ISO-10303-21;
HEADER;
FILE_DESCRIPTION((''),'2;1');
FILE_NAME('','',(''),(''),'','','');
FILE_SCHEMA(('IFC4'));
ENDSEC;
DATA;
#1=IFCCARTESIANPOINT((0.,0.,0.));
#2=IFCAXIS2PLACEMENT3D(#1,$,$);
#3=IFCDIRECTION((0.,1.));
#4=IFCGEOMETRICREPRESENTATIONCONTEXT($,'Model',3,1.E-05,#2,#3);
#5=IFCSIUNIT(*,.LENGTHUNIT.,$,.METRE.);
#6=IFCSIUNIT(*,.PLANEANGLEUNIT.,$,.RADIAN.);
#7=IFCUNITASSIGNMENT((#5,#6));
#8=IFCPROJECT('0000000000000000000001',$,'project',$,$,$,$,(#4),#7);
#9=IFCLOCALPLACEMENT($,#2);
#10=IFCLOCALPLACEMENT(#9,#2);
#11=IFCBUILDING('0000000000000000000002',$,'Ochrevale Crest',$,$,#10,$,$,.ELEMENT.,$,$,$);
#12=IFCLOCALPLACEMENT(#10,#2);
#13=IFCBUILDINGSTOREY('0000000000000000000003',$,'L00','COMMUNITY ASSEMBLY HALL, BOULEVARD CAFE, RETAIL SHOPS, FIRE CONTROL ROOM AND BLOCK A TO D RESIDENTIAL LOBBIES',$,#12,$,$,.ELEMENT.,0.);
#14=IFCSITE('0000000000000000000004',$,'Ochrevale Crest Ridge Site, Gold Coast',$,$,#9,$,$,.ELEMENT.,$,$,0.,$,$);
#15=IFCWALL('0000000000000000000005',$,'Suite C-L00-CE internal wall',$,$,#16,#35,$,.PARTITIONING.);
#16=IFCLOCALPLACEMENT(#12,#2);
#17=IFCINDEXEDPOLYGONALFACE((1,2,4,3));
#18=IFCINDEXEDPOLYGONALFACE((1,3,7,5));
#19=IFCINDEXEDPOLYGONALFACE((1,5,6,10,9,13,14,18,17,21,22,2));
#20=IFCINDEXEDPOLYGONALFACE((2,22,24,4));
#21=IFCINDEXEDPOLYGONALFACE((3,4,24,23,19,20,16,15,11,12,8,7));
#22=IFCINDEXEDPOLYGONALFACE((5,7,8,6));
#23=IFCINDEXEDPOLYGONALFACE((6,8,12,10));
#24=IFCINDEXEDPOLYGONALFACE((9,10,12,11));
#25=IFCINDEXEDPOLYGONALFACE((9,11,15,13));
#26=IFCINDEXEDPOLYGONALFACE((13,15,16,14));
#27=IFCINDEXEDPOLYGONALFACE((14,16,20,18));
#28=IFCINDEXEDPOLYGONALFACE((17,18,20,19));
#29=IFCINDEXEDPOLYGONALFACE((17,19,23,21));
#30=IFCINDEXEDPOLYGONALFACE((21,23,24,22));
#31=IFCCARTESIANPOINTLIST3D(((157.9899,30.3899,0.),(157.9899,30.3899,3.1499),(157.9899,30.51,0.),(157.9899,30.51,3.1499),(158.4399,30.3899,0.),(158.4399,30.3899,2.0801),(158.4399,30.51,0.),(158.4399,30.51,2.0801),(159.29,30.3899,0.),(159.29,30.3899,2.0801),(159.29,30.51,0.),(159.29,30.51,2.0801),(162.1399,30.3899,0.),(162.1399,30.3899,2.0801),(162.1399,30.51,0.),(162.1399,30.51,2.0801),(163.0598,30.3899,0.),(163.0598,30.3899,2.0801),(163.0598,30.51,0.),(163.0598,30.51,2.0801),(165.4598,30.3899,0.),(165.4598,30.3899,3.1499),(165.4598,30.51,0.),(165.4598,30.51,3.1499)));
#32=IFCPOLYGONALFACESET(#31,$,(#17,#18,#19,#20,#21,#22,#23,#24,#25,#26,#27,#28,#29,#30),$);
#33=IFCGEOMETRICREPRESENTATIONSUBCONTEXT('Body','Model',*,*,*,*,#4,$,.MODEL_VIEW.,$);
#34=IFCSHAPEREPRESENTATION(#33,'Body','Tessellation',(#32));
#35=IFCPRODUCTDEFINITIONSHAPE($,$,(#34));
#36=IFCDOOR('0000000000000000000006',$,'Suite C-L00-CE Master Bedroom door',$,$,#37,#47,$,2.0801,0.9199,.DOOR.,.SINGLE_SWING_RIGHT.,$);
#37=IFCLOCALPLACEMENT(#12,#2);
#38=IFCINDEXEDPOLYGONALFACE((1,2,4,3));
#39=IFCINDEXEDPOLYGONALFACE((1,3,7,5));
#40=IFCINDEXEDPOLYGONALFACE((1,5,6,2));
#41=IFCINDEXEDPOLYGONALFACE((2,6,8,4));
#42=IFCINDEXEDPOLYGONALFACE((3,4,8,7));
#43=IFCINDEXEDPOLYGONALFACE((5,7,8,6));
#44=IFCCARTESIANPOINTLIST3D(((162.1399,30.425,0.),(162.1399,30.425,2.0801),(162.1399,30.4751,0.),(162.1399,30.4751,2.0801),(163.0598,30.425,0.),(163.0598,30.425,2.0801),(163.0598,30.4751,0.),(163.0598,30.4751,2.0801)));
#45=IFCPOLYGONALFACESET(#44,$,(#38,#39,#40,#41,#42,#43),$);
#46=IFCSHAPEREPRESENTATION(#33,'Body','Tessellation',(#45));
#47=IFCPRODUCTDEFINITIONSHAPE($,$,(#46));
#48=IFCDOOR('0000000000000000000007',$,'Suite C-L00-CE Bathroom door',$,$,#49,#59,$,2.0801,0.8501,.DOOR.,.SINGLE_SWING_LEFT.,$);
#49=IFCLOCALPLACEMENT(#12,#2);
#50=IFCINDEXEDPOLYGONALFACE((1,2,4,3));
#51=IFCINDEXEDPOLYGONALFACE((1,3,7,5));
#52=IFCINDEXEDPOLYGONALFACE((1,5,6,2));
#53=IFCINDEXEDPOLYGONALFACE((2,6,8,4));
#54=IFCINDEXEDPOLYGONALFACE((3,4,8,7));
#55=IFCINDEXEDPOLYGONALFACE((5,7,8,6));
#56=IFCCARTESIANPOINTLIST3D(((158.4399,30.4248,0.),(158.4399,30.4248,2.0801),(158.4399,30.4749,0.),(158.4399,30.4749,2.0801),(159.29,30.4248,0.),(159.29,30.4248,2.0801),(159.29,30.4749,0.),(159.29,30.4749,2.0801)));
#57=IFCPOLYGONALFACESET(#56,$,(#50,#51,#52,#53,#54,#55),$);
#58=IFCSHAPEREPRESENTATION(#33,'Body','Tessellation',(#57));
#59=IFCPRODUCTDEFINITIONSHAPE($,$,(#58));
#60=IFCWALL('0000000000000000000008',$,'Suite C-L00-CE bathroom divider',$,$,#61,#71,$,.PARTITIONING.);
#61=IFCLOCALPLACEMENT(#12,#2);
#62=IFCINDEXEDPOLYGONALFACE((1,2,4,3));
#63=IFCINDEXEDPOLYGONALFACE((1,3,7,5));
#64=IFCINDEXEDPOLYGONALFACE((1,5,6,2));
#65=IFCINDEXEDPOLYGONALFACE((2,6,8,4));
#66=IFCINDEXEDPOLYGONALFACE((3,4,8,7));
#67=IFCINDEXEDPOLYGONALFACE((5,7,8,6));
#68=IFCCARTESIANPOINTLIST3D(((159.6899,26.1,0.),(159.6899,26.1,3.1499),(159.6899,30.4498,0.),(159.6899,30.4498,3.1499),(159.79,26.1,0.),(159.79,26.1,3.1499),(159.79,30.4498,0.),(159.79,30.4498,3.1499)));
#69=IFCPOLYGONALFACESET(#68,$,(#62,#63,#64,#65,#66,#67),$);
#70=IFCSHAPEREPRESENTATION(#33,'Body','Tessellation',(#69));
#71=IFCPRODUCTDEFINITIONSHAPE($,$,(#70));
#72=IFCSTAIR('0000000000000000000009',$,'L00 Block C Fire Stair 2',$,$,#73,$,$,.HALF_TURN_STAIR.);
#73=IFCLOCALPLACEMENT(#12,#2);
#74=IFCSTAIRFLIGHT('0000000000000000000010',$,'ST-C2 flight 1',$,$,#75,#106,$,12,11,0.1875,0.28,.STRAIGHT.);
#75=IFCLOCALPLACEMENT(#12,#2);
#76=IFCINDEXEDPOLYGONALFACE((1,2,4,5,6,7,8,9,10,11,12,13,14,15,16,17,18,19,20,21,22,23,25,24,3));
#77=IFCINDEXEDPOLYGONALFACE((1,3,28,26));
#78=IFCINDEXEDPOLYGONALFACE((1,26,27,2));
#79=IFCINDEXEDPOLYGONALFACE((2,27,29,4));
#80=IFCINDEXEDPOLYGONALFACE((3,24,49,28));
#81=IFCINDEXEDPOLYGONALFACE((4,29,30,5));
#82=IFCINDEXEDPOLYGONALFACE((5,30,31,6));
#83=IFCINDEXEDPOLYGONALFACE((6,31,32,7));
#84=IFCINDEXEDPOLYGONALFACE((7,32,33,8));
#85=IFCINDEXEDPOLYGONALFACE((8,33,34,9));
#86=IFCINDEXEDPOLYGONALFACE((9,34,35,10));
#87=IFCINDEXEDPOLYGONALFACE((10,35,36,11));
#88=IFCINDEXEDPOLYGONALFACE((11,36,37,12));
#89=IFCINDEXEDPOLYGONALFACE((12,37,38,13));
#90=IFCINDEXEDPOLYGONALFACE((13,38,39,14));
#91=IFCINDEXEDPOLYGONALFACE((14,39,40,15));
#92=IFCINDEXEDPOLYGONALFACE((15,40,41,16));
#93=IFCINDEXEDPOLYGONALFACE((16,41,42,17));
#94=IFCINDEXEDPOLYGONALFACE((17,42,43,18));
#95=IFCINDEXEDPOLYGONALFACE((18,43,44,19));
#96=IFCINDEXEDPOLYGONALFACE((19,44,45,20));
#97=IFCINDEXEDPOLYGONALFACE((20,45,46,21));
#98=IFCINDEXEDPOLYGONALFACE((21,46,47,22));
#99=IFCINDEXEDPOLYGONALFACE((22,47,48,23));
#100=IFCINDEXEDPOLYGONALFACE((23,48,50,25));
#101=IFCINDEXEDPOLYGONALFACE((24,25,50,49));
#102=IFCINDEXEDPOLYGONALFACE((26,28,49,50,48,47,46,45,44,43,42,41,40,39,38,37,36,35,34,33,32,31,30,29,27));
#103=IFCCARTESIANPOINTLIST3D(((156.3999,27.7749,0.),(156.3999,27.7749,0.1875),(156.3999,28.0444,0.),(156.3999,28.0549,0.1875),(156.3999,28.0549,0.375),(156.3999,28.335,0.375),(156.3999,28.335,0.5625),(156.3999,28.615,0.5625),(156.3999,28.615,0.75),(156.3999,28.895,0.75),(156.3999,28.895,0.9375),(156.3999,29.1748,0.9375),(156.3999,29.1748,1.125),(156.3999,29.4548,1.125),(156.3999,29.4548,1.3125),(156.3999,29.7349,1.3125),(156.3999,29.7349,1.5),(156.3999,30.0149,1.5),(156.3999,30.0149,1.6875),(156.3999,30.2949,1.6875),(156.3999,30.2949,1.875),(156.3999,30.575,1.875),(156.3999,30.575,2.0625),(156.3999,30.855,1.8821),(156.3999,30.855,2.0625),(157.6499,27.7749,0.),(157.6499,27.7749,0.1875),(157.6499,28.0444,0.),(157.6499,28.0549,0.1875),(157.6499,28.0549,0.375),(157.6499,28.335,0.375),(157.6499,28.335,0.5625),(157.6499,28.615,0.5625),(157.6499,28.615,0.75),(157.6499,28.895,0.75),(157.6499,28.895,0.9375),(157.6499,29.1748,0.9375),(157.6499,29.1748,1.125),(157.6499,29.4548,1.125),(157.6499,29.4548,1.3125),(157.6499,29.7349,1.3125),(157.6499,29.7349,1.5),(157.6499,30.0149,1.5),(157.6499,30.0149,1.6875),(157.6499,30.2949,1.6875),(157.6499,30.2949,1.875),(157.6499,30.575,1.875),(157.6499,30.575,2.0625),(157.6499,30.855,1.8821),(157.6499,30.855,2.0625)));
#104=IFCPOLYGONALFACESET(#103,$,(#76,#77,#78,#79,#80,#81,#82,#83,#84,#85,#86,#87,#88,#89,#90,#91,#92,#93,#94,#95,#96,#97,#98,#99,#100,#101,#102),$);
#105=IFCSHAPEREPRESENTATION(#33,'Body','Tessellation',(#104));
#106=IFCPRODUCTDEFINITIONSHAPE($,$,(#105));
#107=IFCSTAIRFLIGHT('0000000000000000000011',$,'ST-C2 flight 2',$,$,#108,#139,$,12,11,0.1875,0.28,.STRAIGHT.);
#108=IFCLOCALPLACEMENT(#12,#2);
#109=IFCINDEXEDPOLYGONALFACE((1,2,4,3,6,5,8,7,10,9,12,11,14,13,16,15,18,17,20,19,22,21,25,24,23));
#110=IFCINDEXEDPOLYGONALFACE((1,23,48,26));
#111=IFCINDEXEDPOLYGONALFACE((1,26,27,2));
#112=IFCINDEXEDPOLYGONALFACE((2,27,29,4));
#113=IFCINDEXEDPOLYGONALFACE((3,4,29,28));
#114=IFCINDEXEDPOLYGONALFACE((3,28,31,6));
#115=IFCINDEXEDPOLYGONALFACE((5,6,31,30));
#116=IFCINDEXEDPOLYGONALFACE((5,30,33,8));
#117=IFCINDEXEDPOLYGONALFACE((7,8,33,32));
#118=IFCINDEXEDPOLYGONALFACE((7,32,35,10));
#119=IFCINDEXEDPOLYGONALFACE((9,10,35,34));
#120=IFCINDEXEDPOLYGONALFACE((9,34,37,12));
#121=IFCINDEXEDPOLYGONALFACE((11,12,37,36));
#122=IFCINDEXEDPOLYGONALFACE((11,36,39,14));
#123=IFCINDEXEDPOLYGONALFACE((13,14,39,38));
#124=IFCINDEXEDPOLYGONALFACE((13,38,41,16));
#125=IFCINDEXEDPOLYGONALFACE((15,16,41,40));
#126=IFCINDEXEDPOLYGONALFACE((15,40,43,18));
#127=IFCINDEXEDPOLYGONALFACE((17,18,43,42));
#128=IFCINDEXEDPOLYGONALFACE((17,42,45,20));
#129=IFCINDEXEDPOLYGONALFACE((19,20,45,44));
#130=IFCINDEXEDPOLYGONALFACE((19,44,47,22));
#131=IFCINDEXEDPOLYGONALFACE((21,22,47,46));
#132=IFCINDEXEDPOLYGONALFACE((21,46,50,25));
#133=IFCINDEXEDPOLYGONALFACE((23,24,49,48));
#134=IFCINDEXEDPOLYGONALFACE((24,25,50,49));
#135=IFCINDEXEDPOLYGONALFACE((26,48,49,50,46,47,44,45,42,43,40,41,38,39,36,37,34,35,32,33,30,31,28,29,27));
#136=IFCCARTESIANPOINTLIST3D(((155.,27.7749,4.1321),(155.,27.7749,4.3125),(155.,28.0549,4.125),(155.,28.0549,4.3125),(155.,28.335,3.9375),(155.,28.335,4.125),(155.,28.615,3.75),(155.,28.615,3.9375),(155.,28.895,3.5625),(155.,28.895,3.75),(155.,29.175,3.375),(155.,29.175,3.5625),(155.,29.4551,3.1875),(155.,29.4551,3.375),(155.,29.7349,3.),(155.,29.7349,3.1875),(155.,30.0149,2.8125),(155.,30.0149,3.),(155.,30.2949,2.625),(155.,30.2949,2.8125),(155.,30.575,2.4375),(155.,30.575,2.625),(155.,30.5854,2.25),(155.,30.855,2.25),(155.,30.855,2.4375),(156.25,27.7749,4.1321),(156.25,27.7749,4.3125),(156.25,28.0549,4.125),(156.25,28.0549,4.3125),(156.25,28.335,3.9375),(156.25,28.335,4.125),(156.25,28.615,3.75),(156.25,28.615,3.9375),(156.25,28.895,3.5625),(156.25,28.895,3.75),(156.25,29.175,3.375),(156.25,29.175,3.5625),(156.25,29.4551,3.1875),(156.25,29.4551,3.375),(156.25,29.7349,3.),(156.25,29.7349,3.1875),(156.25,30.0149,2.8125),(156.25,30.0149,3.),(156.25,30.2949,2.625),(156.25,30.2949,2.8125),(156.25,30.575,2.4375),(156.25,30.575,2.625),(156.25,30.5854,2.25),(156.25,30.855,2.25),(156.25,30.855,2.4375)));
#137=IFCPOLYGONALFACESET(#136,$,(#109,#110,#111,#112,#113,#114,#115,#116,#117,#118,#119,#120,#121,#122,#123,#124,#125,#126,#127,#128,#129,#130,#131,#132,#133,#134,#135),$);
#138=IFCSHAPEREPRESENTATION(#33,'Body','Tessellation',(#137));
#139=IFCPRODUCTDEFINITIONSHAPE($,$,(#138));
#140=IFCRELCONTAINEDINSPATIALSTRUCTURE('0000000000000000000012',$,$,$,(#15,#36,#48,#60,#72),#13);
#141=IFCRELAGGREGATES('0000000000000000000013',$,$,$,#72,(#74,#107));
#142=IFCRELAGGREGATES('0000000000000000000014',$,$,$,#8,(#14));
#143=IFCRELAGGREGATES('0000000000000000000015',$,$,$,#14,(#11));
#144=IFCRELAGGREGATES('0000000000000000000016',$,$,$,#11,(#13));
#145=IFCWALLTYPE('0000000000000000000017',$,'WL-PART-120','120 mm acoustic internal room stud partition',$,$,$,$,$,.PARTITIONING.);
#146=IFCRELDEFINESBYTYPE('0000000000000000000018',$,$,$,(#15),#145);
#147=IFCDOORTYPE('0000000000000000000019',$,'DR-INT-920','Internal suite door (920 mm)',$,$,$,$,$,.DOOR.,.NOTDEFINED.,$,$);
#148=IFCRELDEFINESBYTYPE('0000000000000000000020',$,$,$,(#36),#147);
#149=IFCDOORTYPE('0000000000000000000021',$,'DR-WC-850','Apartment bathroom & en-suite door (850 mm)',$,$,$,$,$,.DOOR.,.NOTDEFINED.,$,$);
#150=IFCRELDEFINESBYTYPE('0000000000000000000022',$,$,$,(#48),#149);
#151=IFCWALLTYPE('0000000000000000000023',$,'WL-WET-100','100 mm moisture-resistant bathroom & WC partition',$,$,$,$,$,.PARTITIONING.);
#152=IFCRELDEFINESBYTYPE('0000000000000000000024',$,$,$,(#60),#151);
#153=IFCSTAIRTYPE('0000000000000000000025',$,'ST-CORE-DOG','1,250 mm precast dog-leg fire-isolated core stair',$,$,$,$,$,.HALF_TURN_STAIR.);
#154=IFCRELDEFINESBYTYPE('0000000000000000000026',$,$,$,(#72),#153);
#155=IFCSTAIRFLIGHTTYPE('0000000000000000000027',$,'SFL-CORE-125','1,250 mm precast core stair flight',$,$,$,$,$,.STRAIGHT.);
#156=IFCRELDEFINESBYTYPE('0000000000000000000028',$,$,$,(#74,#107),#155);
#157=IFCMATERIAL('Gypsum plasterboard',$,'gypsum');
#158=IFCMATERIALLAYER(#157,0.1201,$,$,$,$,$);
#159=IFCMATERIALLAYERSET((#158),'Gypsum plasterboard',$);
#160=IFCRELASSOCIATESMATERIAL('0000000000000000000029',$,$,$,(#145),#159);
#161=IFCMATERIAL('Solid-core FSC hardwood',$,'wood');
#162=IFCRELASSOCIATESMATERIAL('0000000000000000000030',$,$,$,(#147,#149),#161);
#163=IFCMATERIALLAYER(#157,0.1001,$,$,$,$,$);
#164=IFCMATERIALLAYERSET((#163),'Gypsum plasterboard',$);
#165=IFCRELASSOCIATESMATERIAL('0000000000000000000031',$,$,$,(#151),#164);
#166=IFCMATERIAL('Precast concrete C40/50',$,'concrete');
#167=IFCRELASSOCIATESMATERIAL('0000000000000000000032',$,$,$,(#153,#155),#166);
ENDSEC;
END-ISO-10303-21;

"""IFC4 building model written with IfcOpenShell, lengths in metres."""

from ifc_helpers import new_model, si_unit, direction, frame, frame_2d, origin, place, context, subcontext, project, spatial, polyline, rectangle, outline, extrude, material, layer, layer_set, type_object, element, fill, aggregate, save


model = new_model("IFC4")

# Units and contexts
model_context = context("Model", 3, precision=1e-05, world=origin(), true_north=direction((0.0, 1.0)))
body_context = subcontext(model_context, "Body", "Model", "MODEL_VIEW")
ifc_project = project(units=[si_unit("LENGTHUNIT", "METRE"), si_unit("PLANEANGLEUNIT", "RADIAN")], contexts=[model_context])

# Site, building, storey
site_placement = place(None, origin())
site = spatial("IfcSite", under=ifc_project, at=site_placement, Name="Ochrevale Crest Ridge Site, Gold Coast", CompositionType="ELEMENT", RefElevation=0.0)
building_placement = place(site_placement, origin())
building = spatial("IfcBuilding", under=site, at=building_placement, Name="Ochrevale Crest", CompositionType="ELEMENT")
storey_placement = place(building_placement, origin())
storey = spatial("IfcBuildingStorey", under=building, at=storey_placement, Name="L00", Description="COMMUNITY ASSEMBLY HALL, BOULEVARD CAFE, RETAIL SHOPS, FIRE CONTROL ROOM AND BLOCK A TO D RESIDENTIAL LOBBIES", CompositionType="ELEMENT", Elevation=0.0)

# Shared definitions
ifc_material_1 = material(Name="Gypsum plasterboard", Category="gypsum")
ifc_material_2 = material(Name="Solid-core FSC hardwood", Category="wood")

# Wall, openings, doors
ifc_layer_1 = layer(ifc_material_1, 0.1201)
ifc_layer_set_1 = layer_set([ifc_layer_1], Name="Gypsum plasterboard")
wall_type_1 = type_object("IfcWallType", Name="WL-PART-120", Description="120 mm acoustic internal room stud partition", PredefinedType="PARTITIONING", material=ifc_layer_set_1)
wall_1_placement = place(storey_placement, frame((157.99, 30.45, 0.0), z_axis=(0.0, 0.0, 1.0), x_axis=(1.0, 0.0, 0.0)))
wall_1 = element("IfcWall", 1, at=wall_1_placement, inside=storey, type_object=wall_type_1, Name="Suite C-L00-CE internal wall", PredefinedType="PARTITIONING", context=body_context, shape_type="SweptSolid", body=[
    extrude(rectangle(XDim=7.47, YDim=0.1201, at=frame_2d((3.7349, 0.0))), origin(), (0.0, 0.0, 1.0), 3.1499),
])
opening_1_placement = place(wall_1_placement, frame((0.45, 0.0, 0.0)))
opening_1 = element("IfcOpeningElement", 2, at=opening_1_placement, cuts=wall_1, PredefinedType="OPENING", context=body_context, shape_type="SweptSolid", body=[
    extrude(rectangle(XDim=0.8501, YDim=2.0801, at=frame_2d((0.425, 1.04))), frame((0.0, 0.0701, 0.0), z_axis=(0.0, -1.0, 0.0), x_axis=(1.0, 0.0, 0.0)), (0.0, 0.0, 1.0), 0.1401),
])
opening_2_placement = place(wall_1_placement, frame((5.0698, 0.0, 0.0), z_axis=(0.0, 0.0, 1.0), x_axis=(-1.0, 0.0, 0.0)))
opening_2 = element("IfcOpeningElement", 3, at=opening_2_placement, cuts=wall_1, PredefinedType="OPENING", context=body_context, shape_type="SweptSolid", body=[
    extrude(rectangle(XDim=0.9199, YDim=2.0801, at=frame_2d((0.46, 1.04))), frame((0.0, 0.0701, 0.0), z_axis=(0.0, -1.0, 0.0), x_axis=(1.0, 0.0, 0.0)), (0.0, 0.0, 1.0), 0.1401),
])
door_type_1 = type_object("IfcDoorType", Name="DR-INT-920", Description="Internal suite door (920 mm)", OperationType="NOTDEFINED", PredefinedType="DOOR", material=ifc_material_2)
door_1_placement = place(opening_2_placement, origin())
door_1 = element("IfcDoor", 4, at=door_1_placement, inside=storey, type_object=door_type_1, Name="Suite C-L00-CE Master Bedroom door", OperationType="SINGLE_SWING_RIGHT", OverallHeight=2.0801, OverallWidth=0.9199, PredefinedType="DOOR", context=body_context, shape_type="SweptSolid", body=[
    extrude(rectangle(XDim=0.9199, YDim=2.0801, at=frame_2d((0.46, 1.04))), frame((0.0, 0.0249, 0.0), z_axis=(0.0, -1.0, 0.0), x_axis=(1.0, 0.0, 0.0)), (0.0, 0.0, 1.0), 0.05),
])
fill(opening_2, door_1)
door_type_2 = type_object("IfcDoorType", Name="DR-WC-850", Description="Apartment bathroom & en-suite door (850 mm)", OperationType="NOTDEFINED", PredefinedType="DOOR", material=ifc_material_2)
door_2_placement = place(opening_1_placement, origin())
door_2 = element("IfcDoor", 5, at=door_2_placement, inside=storey, type_object=door_type_2, Name="Suite C-L00-CE Bathroom door", OperationType="SINGLE_SWING_LEFT", OverallHeight=2.0801, OverallWidth=0.8501, PredefinedType="DOOR", context=body_context, shape_type="SweptSolid", body=[
    extrude(rectangle(XDim=0.8501, YDim=2.0801, at=frame_2d((0.425, 1.04))), frame((0.0, 0.0249, 0.0), z_axis=(0.0, -1.0, 0.0), x_axis=(1.0, 0.0, 0.0)), (0.0, 0.0, 1.0), 0.05),
])
fill(opening_1, door_2)

# Wall
ifc_layer_2 = layer(ifc_material_1, 0.1001)
ifc_layer_set_2 = layer_set([ifc_layer_2], Name="Gypsum plasterboard")
wall_type_2 = type_object("IfcWallType", Name="WL-WET-100", Description="100 mm moisture-resistant bathroom & WC partition", PredefinedType="PARTITIONING", material=ifc_layer_set_2)
wall_2_placement = place(storey_placement, frame((159.74, 26.1001, 0.0), z_axis=(0.0, 0.0, 1.0), x_axis=(0.0, 1.0, 0.0)))
element("IfcWall", 6, at=wall_2_placement, inside=storey, type_object=wall_type_2, Name="Suite C-L00-CE bathroom divider", PredefinedType="PARTITIONING", context=body_context, shape_type="SweptSolid", body=[
    extrude(rectangle(XDim=4.3499, YDim=0.1001, at=frame_2d((2.1748, 0.0))), origin(), (0.0, 0.0, 1.0), 3.1499),
])

# Stair, stair flights
ifc_material_3 = material(Name="Precast concrete C40/50", Category="concrete")
stair_type = type_object("IfcStairType", Name="ST-CORE-DOG", Description="1,250 mm precast dog-leg fire-isolated core stair", PredefinedType="HALF_TURN_STAIR", material=ifc_material_3)
stair_placement = place(storey_placement, origin())
stair = element("IfcStair", 7, at=stair_placement, inside=storey, type_object=stair_type, Name="L00 Block C Fire Stair 2", PredefinedType="HALF_TURN_STAIR")
stair_flight_type = type_object("IfcStairFlightType", Name="SFL-CORE-125", Description="1,250 mm precast core stair flight", PredefinedType="STRAIGHT", material=ifc_material_3)
stair_flight_1_placement = place(storey_placement, frame((157.0249, 27.7749, 0.0), z_axis=(0.0, 0.0, 1.0), x_axis=(0.0, 1.0, 0.0)))
stair_flight_1 = element("IfcStairFlight", 8, at=stair_flight_1_placement, type_object=stair_flight_type, Name="ST-C2 flight 1", NumberOfRisers=12, NumberOfTreads=11, PredefinedType="STRAIGHT", RiserHeight=0.1875, TreadLength=0.28, context=body_context, shape_type="SweptSolid", body=[
    extrude(outline(polyline([(0.0, 0.0), (0.0, 0.1875), (0.28, 0.1875), (0.28, 0.375), (0.5601, 0.375), (0.5601, 0.5625), (0.8401, 0.5625), (0.8401, 0.75), (1.1201, 0.75), (1.1201, 0.9375), (1.3999, 0.9375), (1.3999, 1.125), (1.6799, 1.125), (1.6799, 1.3125), (1.96, 1.3125), (1.96, 1.5), (2.24, 1.5), (2.24, 1.6875), (2.52, 1.6875), (2.52, 1.875), (2.8, 1.875), (2.8, 2.0625), (3.0801, 2.0625), (3.0801, 2.25), (3.0801, 1.8821), (0.2695, 0.0), (0.0, 0.0)])), frame((0.0, 0.625, 0.0), z_axis=(0.0, -1.0, 0.0), x_axis=(1.0, 0.0, 0.0)), (0.0, 0.0, 1.0), 1.25),
])
stair_flight_2_placement = place(storey_placement, frame((155.625, 30.855, 2.25), z_axis=(0.0, 0.0, 1.0), x_axis=(0.0, -1.0, 0.0)))
stair_flight_2 = element("IfcStairFlight", 9, at=stair_flight_2_placement, type_object=stair_flight_type, Name="ST-C2 flight 2", NumberOfRisers=12, NumberOfTreads=11, PredefinedType="STRAIGHT", RiserHeight=0.1875, TreadLength=0.28, context=body_context, shape_type="SweptSolid", body=[
    extrude(outline(polyline([(0.0, 0.0), (0.0, 0.1875), (0.28, 0.1875), (0.28, 0.375), (0.5601, 0.375), (0.5601, 0.5625), (0.8401, 0.5625), (0.8401, 0.75), (1.1201, 0.75), (1.1201, 0.9375), (1.3999, 0.9375), (1.3999, 1.125), (1.6799, 1.125), (1.6799, 1.3125), (1.96, 1.3125), (1.96, 1.5), (2.24, 1.5), (2.24, 1.6875), (2.52, 1.6875), (2.52, 1.875), (2.8, 1.875), (2.8, 2.0625), (3.0801, 2.0625), (3.0801, 2.25), (3.0801, 1.8821), (0.2695, 0.0), (0.0, 0.0)])), frame((0.0, 0.625, 0.0), z_axis=(0.0, -1.0, 0.0), x_axis=(1.0, 0.0, 0.0)), (0.0, 0.0, 1.0), 1.25),
])
aggregate(stair, [stair_flight_1, stair_flight_2])

save(model, "model.ifc")
